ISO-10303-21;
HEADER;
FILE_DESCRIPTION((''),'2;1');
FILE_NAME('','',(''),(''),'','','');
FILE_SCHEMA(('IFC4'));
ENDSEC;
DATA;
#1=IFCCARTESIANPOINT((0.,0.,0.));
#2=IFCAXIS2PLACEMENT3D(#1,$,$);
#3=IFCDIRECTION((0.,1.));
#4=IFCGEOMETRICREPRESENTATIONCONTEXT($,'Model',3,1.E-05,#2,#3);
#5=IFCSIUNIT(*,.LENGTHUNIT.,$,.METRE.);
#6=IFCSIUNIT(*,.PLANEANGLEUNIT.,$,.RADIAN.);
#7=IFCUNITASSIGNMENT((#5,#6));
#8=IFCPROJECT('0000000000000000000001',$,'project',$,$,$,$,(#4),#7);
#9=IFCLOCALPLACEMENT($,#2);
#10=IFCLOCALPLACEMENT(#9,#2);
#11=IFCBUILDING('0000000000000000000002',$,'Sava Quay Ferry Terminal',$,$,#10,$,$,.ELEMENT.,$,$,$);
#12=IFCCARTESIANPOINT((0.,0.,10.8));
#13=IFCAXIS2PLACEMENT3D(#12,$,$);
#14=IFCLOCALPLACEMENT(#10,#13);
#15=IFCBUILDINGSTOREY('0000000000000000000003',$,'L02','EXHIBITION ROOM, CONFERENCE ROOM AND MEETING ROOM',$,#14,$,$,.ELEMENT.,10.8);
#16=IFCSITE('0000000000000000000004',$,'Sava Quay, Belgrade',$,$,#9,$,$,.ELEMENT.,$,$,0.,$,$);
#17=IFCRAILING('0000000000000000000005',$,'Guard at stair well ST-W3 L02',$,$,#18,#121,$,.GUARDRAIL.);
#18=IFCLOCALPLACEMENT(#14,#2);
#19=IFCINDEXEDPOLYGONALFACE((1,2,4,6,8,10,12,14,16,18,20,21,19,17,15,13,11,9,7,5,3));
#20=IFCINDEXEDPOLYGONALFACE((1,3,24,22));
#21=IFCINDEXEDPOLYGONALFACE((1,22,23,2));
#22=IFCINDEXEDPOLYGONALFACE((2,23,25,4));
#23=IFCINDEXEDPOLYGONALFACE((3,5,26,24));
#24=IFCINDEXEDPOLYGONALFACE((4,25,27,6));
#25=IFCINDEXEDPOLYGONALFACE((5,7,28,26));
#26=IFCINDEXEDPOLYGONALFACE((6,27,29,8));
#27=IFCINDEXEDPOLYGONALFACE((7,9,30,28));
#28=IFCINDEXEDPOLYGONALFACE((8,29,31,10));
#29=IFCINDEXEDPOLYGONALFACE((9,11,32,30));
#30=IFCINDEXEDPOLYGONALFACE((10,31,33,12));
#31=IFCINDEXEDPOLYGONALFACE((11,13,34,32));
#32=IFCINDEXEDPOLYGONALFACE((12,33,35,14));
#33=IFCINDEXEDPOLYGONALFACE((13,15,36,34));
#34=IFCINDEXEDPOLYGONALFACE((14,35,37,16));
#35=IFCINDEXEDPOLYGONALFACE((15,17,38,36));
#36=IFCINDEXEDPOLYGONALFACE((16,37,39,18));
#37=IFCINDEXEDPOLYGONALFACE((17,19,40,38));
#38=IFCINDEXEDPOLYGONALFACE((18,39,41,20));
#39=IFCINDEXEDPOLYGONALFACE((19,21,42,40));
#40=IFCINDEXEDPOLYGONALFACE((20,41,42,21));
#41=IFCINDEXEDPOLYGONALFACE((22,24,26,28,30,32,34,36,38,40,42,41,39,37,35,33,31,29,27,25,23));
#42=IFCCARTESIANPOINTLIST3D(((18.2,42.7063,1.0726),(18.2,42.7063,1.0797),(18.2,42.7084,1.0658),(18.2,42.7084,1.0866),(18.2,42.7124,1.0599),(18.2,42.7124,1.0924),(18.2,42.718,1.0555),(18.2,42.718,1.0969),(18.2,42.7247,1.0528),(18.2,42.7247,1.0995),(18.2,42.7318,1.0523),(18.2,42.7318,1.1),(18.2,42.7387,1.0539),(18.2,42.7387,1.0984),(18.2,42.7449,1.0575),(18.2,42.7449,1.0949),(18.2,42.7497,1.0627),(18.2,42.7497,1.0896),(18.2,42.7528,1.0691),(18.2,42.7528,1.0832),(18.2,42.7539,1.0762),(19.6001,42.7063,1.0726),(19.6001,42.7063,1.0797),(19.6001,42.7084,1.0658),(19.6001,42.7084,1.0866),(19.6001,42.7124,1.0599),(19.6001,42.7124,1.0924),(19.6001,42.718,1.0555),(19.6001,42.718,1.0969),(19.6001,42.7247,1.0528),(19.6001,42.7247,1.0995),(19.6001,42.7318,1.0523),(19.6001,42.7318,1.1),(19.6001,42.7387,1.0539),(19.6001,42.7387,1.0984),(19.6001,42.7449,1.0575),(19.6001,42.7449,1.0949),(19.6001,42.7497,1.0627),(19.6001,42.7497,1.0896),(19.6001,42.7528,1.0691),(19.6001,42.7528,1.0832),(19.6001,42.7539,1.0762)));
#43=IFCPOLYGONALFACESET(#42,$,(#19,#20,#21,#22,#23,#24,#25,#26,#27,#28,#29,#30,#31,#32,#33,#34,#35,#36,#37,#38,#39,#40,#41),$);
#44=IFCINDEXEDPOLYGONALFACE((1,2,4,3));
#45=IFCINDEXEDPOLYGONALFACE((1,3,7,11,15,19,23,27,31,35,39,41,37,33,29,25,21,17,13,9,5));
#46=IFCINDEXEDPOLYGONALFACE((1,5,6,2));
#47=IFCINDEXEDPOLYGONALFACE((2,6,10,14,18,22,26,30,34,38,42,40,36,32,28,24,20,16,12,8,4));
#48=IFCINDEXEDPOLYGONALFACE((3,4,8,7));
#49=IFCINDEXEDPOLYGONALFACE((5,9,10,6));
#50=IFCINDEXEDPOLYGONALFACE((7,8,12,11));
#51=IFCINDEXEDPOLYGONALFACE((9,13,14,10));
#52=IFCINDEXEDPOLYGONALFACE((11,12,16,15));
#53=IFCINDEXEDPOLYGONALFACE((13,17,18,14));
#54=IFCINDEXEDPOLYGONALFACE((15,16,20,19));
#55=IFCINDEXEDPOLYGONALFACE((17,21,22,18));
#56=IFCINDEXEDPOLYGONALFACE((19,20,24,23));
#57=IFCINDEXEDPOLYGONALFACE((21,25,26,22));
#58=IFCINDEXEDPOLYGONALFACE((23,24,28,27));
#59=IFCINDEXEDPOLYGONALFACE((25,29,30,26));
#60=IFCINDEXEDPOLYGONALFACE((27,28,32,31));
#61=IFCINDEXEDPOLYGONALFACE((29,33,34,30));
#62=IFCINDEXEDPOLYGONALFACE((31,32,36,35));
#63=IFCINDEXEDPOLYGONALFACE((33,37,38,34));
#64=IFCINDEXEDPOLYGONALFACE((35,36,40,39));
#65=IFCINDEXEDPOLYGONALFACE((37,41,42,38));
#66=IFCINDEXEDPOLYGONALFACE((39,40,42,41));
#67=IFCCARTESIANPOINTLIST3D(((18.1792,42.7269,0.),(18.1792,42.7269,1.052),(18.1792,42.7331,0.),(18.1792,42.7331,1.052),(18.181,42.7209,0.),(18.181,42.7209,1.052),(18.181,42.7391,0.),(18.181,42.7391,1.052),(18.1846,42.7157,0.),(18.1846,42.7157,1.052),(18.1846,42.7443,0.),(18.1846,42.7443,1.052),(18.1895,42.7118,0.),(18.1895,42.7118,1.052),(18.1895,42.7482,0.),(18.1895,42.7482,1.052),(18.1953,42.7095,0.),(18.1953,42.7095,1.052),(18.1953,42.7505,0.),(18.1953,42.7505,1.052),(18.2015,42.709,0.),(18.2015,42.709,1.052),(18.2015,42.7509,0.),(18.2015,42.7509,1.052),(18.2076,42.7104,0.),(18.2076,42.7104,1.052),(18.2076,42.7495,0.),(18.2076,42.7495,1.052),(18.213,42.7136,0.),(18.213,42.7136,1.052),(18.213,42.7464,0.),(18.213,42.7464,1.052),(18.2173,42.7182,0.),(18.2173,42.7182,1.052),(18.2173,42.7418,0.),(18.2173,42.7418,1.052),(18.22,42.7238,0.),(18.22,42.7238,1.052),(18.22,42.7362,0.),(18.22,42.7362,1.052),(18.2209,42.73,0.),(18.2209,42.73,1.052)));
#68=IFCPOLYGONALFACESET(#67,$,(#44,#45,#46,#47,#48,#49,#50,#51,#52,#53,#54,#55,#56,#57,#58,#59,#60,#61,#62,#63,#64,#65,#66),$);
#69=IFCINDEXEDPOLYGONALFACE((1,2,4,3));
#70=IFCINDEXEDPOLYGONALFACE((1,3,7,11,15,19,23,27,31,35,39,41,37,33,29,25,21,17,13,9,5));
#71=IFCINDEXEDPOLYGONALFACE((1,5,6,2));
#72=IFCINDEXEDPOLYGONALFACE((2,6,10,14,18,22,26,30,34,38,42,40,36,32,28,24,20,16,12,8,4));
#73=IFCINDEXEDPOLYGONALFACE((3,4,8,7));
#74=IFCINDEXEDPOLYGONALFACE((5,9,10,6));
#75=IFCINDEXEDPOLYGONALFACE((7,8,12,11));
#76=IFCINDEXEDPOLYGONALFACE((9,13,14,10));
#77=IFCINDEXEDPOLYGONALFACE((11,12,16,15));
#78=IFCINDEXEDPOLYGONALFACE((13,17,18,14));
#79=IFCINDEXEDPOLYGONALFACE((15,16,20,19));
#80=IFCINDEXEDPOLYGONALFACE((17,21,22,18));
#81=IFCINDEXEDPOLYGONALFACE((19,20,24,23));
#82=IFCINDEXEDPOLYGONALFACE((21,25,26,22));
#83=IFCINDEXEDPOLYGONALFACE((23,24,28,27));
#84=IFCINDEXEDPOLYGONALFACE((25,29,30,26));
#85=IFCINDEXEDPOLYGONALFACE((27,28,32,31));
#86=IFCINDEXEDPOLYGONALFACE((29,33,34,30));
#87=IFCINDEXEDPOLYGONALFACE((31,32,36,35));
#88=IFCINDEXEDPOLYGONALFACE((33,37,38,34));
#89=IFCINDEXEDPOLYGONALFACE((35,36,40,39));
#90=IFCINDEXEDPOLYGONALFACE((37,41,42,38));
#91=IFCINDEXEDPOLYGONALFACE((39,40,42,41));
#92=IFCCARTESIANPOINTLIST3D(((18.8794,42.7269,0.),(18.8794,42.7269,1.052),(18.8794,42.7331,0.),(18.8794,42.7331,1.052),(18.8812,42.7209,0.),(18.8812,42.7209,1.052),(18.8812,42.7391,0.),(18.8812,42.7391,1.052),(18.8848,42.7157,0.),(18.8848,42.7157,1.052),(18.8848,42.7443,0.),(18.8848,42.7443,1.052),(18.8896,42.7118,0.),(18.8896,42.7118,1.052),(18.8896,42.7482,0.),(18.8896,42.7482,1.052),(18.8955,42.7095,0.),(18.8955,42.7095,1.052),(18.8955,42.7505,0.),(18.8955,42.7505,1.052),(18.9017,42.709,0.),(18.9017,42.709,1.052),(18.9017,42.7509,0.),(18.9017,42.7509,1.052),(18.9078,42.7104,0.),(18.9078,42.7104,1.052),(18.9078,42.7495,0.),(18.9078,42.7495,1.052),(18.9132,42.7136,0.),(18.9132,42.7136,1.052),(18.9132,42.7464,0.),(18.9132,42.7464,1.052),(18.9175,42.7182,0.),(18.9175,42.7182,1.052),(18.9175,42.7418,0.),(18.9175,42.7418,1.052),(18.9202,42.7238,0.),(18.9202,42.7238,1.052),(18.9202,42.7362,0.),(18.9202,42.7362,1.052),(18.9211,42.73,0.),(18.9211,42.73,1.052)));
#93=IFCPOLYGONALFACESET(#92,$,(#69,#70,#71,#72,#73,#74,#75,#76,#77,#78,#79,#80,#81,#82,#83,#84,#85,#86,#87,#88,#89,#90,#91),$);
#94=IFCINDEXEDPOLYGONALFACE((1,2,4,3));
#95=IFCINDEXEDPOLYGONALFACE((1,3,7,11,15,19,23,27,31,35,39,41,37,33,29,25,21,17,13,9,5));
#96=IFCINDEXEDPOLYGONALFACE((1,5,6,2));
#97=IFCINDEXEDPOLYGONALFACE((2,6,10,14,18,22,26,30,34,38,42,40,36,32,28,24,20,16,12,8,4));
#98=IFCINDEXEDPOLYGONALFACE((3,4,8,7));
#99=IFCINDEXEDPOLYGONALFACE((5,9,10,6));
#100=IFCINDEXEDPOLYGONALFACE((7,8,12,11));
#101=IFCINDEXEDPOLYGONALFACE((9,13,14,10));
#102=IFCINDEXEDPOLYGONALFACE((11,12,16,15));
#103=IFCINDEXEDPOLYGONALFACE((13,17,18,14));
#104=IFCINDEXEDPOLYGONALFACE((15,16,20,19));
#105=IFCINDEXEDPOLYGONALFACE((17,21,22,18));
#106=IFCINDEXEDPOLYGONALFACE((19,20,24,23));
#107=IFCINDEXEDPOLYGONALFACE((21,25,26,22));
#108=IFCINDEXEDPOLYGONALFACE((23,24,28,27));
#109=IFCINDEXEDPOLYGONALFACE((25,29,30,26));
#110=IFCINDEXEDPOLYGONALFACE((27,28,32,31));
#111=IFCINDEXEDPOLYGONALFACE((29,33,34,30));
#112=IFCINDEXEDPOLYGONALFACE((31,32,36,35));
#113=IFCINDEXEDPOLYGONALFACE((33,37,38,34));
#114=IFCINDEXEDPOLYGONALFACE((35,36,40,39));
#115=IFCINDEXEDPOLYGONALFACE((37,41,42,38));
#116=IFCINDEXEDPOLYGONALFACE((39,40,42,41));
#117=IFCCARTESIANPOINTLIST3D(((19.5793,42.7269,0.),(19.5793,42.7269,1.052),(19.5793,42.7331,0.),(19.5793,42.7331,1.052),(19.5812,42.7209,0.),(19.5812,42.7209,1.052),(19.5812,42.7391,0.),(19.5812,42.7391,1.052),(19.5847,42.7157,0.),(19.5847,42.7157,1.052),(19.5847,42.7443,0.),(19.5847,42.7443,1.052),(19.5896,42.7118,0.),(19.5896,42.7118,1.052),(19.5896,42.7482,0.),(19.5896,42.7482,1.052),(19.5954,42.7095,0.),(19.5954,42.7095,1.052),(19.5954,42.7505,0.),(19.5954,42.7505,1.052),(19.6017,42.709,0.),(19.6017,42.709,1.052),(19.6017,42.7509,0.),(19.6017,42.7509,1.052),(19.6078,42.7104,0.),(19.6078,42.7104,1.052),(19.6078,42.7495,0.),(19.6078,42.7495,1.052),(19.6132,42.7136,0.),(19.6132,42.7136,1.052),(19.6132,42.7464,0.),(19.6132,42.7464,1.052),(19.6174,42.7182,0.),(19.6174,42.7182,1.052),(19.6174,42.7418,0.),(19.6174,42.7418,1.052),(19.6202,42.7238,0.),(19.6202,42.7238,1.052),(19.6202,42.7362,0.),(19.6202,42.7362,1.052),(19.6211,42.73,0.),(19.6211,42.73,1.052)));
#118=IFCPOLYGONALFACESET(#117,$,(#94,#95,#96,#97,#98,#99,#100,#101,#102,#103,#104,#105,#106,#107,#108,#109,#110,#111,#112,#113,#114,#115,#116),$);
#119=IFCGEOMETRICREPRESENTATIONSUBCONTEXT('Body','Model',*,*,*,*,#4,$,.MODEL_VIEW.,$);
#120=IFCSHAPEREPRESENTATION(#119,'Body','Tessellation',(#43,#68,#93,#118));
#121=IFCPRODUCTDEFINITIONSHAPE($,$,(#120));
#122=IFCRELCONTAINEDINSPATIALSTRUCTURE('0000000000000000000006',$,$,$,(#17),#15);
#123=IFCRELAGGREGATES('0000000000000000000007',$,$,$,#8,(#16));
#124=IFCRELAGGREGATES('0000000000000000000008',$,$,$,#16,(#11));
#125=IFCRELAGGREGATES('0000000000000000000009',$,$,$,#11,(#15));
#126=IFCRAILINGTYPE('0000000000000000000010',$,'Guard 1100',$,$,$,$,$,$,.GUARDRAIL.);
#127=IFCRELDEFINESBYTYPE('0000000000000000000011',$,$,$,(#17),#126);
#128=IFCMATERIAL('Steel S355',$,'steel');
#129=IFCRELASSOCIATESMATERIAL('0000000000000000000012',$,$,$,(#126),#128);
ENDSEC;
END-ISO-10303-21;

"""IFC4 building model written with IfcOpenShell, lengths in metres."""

from ifc_helpers import new_model, si_unit, direction, frame, origin, origin_2d, place, context, subcontext, project, spatial, circle, extrude, material, type_object, element, save


model = new_model("IFC4")

# Units and contexts
model_context = context("Model", 3, precision=1e-05, world=origin(), true_north=direction((0.0, 1.0)))
body_context = subcontext(model_context, "Body", "Model", "MODEL_VIEW")
ifc_project = project(units=[si_unit("LENGTHUNIT", "METRE"), si_unit("PLANEANGLEUNIT", "RADIAN")], contexts=[model_context])

# Site, building, storey
site_placement = place(None, origin())
site = spatial("IfcSite", under=ifc_project, at=site_placement, Name="Sava Quay, Belgrade", CompositionType="ELEMENT", RefElevation=0.0)
building_placement = place(site_placement, origin())
building = spatial("IfcBuilding", under=site, at=building_placement, Name="Sava Quay Ferry Terminal", CompositionType="ELEMENT")
storey_placement = place(building_placement, frame((0.0, 0.0, 10.8)))
storey = spatial("IfcBuildingStorey", under=building, at=storey_placement, Name="L02", Description="EXHIBITION ROOM, CONFERENCE ROOM AND MEETING ROOM", CompositionType="ELEMENT", Elevation=10.8)

# Railing
ifc_material_1 = material(Name="Steel S355", Category="steel")
railing_type_1 = type_object("IfcRailingType", Name="Guard 1100", PredefinedType="GUARDRAIL", material=ifc_material_1)
railing_1_placement = place(storey_placement, frame((18.2, 42.73, 0.0)))
element("IfcRailing", 1, at=railing_1_placement, inside=storey, type_object=railing_type_1, Name="Guard at stair well ST-W3 L02", PredefinedType="GUARDRAIL", context=body_context, shape_type="SweptSolid", body=[
    extrude(circle(Radius=0.0239, at=origin_2d()), frame((0.0, 0.0, 1.0762), z_axis=(1.0, 0.0, 0.0), x_axis=(0.0, 1.0, 0.0)), (0.0, 0.0, 1.0), 1.4001),
    extrude(circle(Radius=0.021, at=origin_2d()), origin(), (0.0, 0.0, 1.0), 1.052),
    extrude(circle(Radius=0.021, at=origin_2d()), frame((0.7002, 0.0, 0.0)), (0.0, 0.0, 1.0), 1.052),
    extrude(circle(Radius=0.021, at=origin_2d()), frame((1.4001, 0.0, 0.0)), (0.0, 0.0, 1.0), 1.052),
])

save(model, "model.ifc")
